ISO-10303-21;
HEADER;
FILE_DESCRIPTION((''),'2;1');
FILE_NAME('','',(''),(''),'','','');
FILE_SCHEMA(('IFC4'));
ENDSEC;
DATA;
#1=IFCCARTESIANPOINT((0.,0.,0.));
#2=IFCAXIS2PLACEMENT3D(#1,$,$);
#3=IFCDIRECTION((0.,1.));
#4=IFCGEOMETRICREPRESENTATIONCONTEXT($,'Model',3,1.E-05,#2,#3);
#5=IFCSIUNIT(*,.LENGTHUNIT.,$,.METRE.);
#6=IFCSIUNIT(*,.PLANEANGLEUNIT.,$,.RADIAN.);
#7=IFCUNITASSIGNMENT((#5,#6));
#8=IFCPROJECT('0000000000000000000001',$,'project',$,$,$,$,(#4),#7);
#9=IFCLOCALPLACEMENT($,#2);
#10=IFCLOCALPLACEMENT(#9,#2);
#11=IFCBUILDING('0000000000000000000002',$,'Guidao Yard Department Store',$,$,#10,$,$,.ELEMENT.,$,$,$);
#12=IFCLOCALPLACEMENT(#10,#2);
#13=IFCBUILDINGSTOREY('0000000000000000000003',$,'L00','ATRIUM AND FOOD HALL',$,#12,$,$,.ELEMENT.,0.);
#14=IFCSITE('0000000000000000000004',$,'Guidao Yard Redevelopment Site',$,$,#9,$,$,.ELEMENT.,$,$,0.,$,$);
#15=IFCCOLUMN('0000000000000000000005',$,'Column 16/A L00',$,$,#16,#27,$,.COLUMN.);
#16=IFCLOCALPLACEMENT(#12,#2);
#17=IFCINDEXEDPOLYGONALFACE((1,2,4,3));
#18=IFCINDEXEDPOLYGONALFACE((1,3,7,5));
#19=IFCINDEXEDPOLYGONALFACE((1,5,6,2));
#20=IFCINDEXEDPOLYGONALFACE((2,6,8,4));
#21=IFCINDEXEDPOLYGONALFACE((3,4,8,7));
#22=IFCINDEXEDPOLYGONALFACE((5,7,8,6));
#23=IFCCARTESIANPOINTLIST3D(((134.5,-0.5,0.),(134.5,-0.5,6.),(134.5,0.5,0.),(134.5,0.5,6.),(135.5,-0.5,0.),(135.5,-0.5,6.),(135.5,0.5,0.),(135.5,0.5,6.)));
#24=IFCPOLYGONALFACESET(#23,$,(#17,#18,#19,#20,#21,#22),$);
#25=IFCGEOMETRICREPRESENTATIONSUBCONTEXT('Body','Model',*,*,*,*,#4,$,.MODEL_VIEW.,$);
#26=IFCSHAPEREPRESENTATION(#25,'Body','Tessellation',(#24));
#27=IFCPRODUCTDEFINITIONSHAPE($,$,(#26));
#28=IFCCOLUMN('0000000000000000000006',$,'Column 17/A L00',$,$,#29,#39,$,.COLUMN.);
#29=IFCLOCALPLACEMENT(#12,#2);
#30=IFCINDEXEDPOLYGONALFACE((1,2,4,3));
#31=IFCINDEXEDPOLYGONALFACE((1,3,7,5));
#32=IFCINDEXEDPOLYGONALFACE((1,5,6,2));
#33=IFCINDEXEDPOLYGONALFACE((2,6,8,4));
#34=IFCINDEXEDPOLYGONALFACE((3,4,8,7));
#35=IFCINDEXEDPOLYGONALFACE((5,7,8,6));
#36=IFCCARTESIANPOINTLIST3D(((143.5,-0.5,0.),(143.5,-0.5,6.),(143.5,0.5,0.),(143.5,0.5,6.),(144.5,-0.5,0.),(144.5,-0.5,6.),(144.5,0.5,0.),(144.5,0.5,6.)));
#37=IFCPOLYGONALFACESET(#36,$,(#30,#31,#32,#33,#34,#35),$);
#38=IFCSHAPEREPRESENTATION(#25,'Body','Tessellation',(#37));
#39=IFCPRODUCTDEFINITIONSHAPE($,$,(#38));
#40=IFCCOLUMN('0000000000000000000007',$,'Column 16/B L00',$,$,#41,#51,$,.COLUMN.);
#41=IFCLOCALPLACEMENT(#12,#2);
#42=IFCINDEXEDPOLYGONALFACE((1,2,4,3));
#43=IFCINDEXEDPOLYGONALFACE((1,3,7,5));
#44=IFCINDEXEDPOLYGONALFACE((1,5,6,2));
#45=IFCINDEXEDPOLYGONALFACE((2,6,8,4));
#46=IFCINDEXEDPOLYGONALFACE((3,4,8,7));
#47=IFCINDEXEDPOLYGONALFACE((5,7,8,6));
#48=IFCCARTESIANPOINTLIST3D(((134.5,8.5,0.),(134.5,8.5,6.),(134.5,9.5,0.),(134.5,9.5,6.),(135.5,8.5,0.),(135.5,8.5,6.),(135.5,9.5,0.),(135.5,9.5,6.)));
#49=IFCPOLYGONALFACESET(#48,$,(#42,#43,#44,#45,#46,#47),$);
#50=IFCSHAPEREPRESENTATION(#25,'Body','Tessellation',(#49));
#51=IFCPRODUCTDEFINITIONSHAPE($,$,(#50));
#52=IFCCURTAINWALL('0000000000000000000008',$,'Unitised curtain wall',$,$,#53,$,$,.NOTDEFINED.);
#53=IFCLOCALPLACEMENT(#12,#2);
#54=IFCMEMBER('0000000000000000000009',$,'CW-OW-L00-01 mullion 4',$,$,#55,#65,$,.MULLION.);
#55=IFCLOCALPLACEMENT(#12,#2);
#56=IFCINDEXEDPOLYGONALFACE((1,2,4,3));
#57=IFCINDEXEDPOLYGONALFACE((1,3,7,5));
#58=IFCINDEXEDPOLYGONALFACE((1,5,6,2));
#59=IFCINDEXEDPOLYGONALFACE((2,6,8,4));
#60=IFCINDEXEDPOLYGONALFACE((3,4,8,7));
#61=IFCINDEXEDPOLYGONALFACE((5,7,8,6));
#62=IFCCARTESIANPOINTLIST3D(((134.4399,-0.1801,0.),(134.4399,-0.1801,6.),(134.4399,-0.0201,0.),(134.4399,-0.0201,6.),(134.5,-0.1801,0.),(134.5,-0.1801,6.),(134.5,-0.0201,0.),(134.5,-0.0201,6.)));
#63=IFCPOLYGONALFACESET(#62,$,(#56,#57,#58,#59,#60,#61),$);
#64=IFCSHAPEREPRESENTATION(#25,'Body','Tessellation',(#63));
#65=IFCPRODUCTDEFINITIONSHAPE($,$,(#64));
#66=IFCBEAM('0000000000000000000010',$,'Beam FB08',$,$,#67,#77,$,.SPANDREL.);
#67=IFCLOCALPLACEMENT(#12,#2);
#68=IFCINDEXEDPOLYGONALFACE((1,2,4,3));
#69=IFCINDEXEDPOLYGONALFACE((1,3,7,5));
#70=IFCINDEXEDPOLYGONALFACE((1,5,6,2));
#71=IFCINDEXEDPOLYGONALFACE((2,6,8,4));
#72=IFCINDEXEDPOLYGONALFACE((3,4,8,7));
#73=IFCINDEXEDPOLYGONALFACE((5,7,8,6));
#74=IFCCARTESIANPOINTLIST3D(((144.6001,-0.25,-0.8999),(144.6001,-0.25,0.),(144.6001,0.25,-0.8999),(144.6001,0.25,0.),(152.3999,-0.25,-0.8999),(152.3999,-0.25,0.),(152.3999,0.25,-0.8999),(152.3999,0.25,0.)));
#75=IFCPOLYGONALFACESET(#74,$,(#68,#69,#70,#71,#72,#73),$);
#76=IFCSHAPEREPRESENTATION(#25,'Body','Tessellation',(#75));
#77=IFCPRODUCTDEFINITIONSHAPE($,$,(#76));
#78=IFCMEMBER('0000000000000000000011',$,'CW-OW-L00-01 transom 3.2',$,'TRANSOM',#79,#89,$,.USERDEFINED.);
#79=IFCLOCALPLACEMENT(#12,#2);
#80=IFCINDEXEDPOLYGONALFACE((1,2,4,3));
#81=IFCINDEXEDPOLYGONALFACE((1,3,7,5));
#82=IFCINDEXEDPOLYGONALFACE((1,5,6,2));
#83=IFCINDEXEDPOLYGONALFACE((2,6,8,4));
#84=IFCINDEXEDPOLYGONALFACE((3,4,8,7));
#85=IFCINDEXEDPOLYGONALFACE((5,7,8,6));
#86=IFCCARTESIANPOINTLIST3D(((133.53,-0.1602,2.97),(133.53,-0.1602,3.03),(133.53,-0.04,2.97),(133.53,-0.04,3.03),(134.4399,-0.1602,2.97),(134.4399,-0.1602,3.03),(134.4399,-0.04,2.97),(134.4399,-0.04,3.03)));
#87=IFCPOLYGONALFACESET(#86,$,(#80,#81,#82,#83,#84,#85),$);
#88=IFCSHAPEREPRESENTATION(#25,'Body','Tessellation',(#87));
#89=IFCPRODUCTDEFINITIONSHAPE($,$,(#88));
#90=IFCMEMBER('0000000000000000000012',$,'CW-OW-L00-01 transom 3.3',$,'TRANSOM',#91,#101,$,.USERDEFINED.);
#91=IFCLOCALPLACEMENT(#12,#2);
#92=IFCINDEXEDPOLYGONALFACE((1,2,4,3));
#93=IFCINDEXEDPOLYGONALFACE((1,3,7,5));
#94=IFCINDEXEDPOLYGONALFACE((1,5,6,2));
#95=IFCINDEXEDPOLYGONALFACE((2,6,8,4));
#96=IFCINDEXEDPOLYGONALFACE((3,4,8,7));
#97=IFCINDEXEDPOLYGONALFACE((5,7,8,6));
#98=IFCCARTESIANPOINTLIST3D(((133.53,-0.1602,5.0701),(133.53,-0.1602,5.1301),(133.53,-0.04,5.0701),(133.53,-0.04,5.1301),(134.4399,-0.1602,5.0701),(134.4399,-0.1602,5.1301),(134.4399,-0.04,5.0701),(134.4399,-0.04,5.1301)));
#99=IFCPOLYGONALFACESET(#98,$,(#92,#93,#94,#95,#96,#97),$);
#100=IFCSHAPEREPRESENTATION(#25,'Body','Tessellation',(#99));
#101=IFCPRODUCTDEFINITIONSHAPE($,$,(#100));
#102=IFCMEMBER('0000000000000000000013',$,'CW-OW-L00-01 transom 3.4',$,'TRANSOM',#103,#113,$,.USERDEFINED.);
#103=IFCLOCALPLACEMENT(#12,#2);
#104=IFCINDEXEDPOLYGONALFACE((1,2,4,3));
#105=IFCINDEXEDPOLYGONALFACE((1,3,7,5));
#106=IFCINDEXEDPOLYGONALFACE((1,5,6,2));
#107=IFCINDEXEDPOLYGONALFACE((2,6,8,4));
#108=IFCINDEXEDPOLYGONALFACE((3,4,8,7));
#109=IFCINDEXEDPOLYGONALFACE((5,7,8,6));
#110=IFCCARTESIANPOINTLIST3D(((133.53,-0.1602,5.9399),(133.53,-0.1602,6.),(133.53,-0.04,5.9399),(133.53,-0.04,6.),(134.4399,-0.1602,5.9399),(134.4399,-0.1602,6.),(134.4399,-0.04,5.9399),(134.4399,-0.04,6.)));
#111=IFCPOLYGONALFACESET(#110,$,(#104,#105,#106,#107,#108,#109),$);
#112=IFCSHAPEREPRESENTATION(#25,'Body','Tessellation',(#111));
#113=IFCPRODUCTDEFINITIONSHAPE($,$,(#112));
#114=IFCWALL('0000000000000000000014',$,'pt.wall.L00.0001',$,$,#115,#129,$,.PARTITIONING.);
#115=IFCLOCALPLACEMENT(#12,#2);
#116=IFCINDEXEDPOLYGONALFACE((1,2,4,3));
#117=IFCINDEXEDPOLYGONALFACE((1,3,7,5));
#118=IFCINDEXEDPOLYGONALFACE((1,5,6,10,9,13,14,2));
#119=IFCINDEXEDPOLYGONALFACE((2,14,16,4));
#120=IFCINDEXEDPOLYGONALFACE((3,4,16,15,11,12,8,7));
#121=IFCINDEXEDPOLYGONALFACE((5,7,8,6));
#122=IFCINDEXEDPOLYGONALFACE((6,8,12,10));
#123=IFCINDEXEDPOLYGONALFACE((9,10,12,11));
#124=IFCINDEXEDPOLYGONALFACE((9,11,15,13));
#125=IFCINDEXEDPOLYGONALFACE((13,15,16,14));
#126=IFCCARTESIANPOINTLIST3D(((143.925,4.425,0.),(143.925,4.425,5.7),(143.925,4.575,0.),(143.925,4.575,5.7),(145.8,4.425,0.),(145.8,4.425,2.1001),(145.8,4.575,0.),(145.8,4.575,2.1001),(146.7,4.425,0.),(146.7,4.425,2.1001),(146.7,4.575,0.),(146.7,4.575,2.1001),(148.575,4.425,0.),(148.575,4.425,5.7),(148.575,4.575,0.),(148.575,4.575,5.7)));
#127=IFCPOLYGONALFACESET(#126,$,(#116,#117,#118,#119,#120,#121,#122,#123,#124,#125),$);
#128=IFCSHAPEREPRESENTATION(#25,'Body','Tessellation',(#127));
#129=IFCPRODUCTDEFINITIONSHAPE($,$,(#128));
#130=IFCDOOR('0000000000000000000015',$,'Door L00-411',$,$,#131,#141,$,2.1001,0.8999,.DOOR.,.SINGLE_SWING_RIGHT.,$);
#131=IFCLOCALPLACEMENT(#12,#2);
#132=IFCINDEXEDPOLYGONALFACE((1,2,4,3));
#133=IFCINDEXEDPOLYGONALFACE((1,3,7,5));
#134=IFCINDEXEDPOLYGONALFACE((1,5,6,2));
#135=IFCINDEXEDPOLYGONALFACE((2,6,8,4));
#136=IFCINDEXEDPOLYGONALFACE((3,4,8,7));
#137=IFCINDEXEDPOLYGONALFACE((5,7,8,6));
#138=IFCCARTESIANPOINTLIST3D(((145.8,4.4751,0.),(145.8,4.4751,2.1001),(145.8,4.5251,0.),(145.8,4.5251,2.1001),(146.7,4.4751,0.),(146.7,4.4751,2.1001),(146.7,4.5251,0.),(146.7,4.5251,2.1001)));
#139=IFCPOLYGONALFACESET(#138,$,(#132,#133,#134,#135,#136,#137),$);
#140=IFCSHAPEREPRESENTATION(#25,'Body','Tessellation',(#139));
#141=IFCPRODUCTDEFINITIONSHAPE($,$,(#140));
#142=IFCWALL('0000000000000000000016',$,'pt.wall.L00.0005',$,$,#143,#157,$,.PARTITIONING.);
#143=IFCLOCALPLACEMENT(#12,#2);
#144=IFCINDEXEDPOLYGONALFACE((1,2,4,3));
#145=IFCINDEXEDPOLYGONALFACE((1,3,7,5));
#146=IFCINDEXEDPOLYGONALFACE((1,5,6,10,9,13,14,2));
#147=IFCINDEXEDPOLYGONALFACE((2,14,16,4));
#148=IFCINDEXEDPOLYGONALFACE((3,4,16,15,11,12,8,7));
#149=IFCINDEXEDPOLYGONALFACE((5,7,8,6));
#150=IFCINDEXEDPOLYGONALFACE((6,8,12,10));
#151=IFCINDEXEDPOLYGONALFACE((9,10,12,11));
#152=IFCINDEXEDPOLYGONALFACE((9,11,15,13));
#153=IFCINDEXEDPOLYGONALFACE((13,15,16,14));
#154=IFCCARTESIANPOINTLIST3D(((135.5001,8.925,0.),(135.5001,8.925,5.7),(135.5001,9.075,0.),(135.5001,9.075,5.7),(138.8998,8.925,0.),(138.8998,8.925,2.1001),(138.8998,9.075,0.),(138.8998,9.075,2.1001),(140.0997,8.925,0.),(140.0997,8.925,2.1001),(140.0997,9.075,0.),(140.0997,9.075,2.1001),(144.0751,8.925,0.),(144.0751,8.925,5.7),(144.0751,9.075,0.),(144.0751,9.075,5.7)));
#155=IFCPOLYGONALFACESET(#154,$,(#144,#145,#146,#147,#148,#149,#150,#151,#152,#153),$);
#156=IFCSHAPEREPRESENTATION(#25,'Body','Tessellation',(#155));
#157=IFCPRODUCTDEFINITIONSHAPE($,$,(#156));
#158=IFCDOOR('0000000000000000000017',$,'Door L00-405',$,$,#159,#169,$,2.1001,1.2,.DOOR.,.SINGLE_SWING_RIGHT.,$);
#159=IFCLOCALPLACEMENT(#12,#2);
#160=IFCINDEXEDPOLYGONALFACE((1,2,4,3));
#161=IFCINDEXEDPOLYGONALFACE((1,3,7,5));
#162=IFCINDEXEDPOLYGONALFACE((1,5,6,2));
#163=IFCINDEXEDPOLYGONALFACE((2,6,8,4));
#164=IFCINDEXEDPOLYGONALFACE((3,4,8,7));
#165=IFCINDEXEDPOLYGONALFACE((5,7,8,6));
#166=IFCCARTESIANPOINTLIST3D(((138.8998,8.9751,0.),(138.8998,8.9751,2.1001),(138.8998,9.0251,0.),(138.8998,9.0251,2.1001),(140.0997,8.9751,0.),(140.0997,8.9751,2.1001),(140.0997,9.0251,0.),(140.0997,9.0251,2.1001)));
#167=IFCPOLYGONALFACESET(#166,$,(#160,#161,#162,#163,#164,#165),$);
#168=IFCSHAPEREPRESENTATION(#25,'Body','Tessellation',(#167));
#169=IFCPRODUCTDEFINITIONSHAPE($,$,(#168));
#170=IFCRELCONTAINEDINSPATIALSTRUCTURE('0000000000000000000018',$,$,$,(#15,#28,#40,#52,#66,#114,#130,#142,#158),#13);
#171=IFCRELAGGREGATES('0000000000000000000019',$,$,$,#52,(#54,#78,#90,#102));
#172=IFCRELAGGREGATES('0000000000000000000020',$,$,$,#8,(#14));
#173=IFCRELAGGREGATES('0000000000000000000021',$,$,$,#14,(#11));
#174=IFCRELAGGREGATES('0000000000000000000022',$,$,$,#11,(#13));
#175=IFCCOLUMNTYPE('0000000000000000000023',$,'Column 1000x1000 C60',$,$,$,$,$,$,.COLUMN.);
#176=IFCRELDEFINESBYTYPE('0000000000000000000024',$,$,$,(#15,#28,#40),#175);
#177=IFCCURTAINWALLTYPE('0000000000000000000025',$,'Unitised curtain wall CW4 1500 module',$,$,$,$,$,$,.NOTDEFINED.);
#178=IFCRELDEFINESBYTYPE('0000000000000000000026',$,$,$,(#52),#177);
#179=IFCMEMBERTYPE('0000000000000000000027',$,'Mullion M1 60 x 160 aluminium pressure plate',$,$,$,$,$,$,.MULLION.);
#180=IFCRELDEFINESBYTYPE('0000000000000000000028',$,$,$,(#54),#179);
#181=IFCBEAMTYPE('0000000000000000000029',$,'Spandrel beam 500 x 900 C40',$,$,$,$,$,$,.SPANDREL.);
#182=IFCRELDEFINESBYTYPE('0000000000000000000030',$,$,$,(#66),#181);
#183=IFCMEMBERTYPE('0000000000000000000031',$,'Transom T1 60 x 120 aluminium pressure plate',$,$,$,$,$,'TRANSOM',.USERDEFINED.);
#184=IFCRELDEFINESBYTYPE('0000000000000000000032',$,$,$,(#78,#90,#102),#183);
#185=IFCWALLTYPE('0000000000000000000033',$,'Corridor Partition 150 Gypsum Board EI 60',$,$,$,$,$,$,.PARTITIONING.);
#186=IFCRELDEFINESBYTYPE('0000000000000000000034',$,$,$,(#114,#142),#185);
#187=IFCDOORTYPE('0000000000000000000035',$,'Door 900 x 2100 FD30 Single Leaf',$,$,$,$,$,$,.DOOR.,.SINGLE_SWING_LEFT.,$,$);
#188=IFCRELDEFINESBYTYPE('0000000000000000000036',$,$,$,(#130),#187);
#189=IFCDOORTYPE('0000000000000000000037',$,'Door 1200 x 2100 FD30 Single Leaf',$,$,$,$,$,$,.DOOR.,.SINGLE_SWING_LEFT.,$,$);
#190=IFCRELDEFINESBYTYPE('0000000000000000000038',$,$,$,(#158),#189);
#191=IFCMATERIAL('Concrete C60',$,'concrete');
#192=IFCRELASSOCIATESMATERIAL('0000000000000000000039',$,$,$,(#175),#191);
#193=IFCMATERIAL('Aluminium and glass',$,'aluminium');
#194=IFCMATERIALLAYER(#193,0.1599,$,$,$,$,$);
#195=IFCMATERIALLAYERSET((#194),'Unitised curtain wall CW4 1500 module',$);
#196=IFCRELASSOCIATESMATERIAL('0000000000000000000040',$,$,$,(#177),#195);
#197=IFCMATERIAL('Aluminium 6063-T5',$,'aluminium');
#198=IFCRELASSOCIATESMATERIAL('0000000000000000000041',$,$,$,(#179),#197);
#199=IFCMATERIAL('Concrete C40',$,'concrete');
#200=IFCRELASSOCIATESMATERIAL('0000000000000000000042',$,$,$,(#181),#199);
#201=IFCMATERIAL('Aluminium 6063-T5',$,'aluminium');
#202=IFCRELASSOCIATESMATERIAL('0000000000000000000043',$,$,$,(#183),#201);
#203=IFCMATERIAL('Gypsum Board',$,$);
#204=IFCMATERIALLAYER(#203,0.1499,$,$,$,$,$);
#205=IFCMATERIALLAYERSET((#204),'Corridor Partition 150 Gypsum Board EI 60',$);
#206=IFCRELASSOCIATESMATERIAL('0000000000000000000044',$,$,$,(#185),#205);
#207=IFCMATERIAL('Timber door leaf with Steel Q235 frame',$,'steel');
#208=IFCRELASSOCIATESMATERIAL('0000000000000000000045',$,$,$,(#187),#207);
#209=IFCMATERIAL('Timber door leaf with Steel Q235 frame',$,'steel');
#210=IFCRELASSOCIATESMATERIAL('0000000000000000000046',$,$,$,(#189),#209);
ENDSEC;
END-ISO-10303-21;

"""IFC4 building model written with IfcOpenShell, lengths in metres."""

from ifc_helpers import new_model, si_unit, direction, frame, frame_2d, origin, origin_2d, place, context, subcontext, project, spatial, rectangle, extrude, material, layer, layer_set, material_profile, profile_set, type_object, element, fill, aggregate, save


model = new_model("IFC4")

# Units and contexts
model_context = context("Model", 3, precision=1e-05, world=origin(), true_north=direction((0.0, 1.0)))
body_context = subcontext(model_context, "Body", "Model", "MODEL_VIEW")
ifc_project = project(units=[si_unit("LENGTHUNIT", "METRE"), si_unit("PLANEANGLEUNIT", "RADIAN")], contexts=[model_context])

# Site, building, storey
site_placement = place(None, origin())
site = spatial("IfcSite", under=ifc_project, at=site_placement, Name="Guidao Yard Redevelopment Site", CompositionType="ELEMENT", RefElevation=0.0)
building_placement = place(site_placement, origin())
building = spatial("IfcBuilding", under=site, at=building_placement, Name="Guidao Yard Department Store", CompositionType="ELEMENT")
storey_placement = place(building_placement, origin())
storey = spatial("IfcBuildingStorey", under=building, at=storey_placement, Name="L00", Description="ATRIUM AND FOOD HALL", CompositionType="ELEMENT", Elevation=0.0)

# Columns
ifc_material_1 = material(Name="Concrete C60", Category="concrete")
ifc_material_profile_1 = material_profile(ifc_material_1, rectangle(XDim=1.0, YDim=1.0, at=origin_2d()), Name="COL 1000x1000")
ifc_profile_set_1 = profile_set([ifc_material_profile_1], Name="Concrete C60")
column_type = type_object("IfcColumnType", Name="Column 1000x1000 C60", PredefinedType="COLUMN", material=ifc_profile_set_1)
for number, where, z_axis, x_axis, name in (
    (1, (135.0, 0.0, 0.0), (0.0, 0.0, 1.0), (1.0, 0.0, 0.0), "Column 16/A L00"),
    (2, (144.0, 0.0, 0.0), (0.0, 0.0, 1.0), (1.0, 0.0, 0.0), "Column 17/A L00"),
    (3, (135.0, 9.0, 0.0), (0.0, 0.0, 1.0), (1.0, 0.0, 0.0), "Column 16/B L00"),
):
    element("IfcColumn", number, at=place(storey_placement, frame(where, z_axis=z_axis, x_axis=x_axis)), inside=storey, type_object=column_type, Name=name, PredefinedType="COLUMN", context=body_context, shape_type="SweptSolid", body=[
        extrude(rectangle(XDim=1.0, YDim=1.0, at=origin_2d()), origin(), (0.0, 0.0, 1.0), 6.0),
    ])

# Curtain wall, member
ifc_material_2 = material(Name="Aluminium and glass", Category="aluminium")
ifc_layer_1 = layer(ifc_material_2, 0.1599)
ifc_layer_set_1 = layer_set([ifc_layer_1], Name="Unitised curtain wall CW4 1500 module")
curtain_wall_type = type_object("IfcCurtainWallType", Name="Unitised curtain wall CW4 1500 module", PredefinedType="NOTDEFINED", material=ifc_layer_set_1)
curtain_wall_placement = place(storey_placement, origin())
curtain_wall = element("IfcCurtainWall", 4, at=curtain_wall_placement, inside=storey, type_object=curtain_wall_type, Name="Unitised curtain wall", PredefinedType="NOTDEFINED")
ifc_material_3 = material(Name="Aluminium 6063-T5", Category="aluminium")
ifc_material_profile_2 = material_profile(ifc_material_3, rectangle(XDim=0.0601, YDim=0.1599, at=origin_2d()), Name="Mullion M1 60 x 160 aluminium pressure plate")
ifc_profile_set_2 = profile_set([ifc_material_profile_2], Name="Aluminium 6063-T5")
member_type_1 = type_object("IfcMemberType", Name="Mullion M1 60 x 160 aluminium pressure plate", PredefinedType="MULLION", material=ifc_profile_set_2)
member_1_placement = place(storey_placement, frame((134.47, -0.1001, 0.0), z_axis=(0.0, 0.0, 1.0), x_axis=(-1.0, 0.0, 0.0)))
member_1 = element("IfcMember", 5, at=member_1_placement, type_object=member_type_1, Name="CW-OW-L00-01 mullion 4", PredefinedType="MULLION", context=body_context, shape_type="SweptSolid", body=[
    extrude(rectangle(XDim=0.0601, YDim=0.1599, at=origin_2d()), origin(), (0.0, 0.0, 1.0), 6.0),
])

# Beam
ifc_material_4 = material(Name="Concrete C40", Category="concrete")
ifc_material_profile_3 = material_profile(ifc_material_4, rectangle(XDim=0.5, YDim=0.8999, at=origin_2d()), Name="Spandrel beam 500 x 900 C40")
ifc_profile_set_3 = profile_set([ifc_material_profile_3], Name="Concrete C40")
beam_type = type_object("IfcBeamType", Name="Spandrel beam 500 x 900 C40", PredefinedType="SPANDREL", material=ifc_profile_set_3)
beam_placement = place(storey_placement, frame((144.6001, 0.0, -0.45), z_axis=(1.0, 0.0, 0.0), x_axis=(0.0, 1.0, 0.0)))
element("IfcBeam", 6, at=beam_placement, inside=storey, type_object=beam_type, Name="Beam FB08", PredefinedType="SPANDREL", context=body_context, shape_type="SweptSolid", body=[
    extrude(rectangle(XDim=0.5, YDim=0.8999, at=origin_2d()), origin(), (0.0, 0.0, 1.0), 7.7998),
])

# Members
ifc_material_5 = material(Name="Aluminium 6063-T5", Category="aluminium")
ifc_material_profile_4 = material_profile(ifc_material_5, rectangle(XDim=0.1201, YDim=0.0601, at=origin_2d()), Name="Transom T1 60 x 120 aluminium pressure plate")
ifc_profile_set_4 = profile_set([ifc_material_profile_4], Name="Aluminium 6063-T5")
member_type_2 = type_object("IfcMemberType", Name="Transom T1 60 x 120 aluminium pressure plate", ElementType="TRANSOM", PredefinedType="USERDEFINED", material=ifc_profile_set_4)
member_2_placement = place(storey_placement, frame((134.4399, -0.1001, 3.0), z_axis=(-1.0, 0.0, 0.0), x_axis=(0.0, -1.0, 0.0)))
member_2 = element("IfcMember", 7, at=member_2_placement, type_object=member_type_2, Name="CW-OW-L00-01 transom 3.2", ObjectType="TRANSOM", PredefinedType="USERDEFINED", context=body_context, shape_type="SweptSolid", body=[
    extrude(rectangle(XDim=0.1201, YDim=0.0601, at=origin_2d()), origin(), (0.0, 0.0, 1.0), 0.9099),
])
member_3_placement = place(storey_placement, frame((134.4399, -0.1001, 5.1001), z_axis=(-1.0, 0.0, 0.0), x_axis=(0.0, -1.0, 0.0)))
member_3 = element("IfcMember", 8, at=member_3_placement, type_object=member_type_2, Name="CW-OW-L00-01 transom 3.3", ObjectType="TRANSOM", PredefinedType="USERDEFINED", context=body_context, shape_type="SweptSolid", body=[
    extrude(rectangle(XDim=0.1201, YDim=0.0601, at=origin_2d()), origin(), (0.0, 0.0, 1.0), 0.9099),
])
member_4_placement = place(storey_placement, frame((134.4399, -0.1001, 5.97), z_axis=(-1.0, 0.0, 0.0), x_axis=(0.0, -1.0, 0.0)))
member_4 = element("IfcMember", 9, at=member_4_placement, type_object=member_type_2, Name="CW-OW-L00-01 transom 3.4", ObjectType="TRANSOM", PredefinedType="USERDEFINED", context=body_context, shape_type="SweptSolid", body=[
    extrude(rectangle(XDim=0.1201, YDim=0.0601, at=origin_2d()), origin(), (0.0, 0.0, 1.0), 0.9099),
])
aggregate(curtain_wall, [member_1, member_2, member_3, member_4])

# Walls, openings, doors
ifc_material_6 = material(Name="Gypsum Board")
ifc_layer_2 = layer(ifc_material_6, 0.1499)
ifc_layer_set_2 = layer_set([ifc_layer_2], Name="Corridor Partition 150 Gypsum Board EI 60")
wall_type_1 = type_object("IfcWallType", Name="Corridor Partition 150 Gypsum Board EI 60", PredefinedType="PARTITIONING", material=ifc_layer_set_2)
wall_1_placement = place(storey_placement, frame((143.925, 4.5, 0.0), z_axis=(0.0, 0.0, 1.0), x_axis=(1.0, 0.0, 0.0)))
wall_1 = element("IfcWall", 10, at=wall_1_placement, inside=storey, type_object=wall_type_1, Name="pt.wall.L00.0001", PredefinedType="PARTITIONING", context=body_context, shape_type="SweptSolid", body=[
    extrude(rectangle(XDim=4.6499, YDim=0.1499, at=frame_2d((2.325, 0.0))), origin(), (0.0, 0.0, 1.0), 5.7),
])
opening_1_placement = place(wall_1_placement, frame((2.7749, 0.0, 0.0), z_axis=(0.0, 0.0, 1.0), x_axis=(-1.0, 0.0, 0.0)))
opening_1 = element("IfcOpeningElement", 11, at=opening_1_placement, cuts=wall_1, PredefinedType="OPENING", context=body_context, shape_type="SweptSolid", body=[
    extrude(rectangle(XDim=0.8999, YDim=2.1001, at=frame_2d((0.45, 1.05))), frame((0.0, 0.085, 0.0), z_axis=(0.0, -1.0, 0.0), x_axis=(1.0, 0.0, 0.0)), (0.0, 0.0, 1.0), 0.1699),
])
ifc_material_7 = material(Name="Timber door leaf with Steel Q235 frame", Category="steel")
door_type_1 = type_object("IfcDoorType", Name="Door 900 x 2100 FD30 Single Leaf", OperationType="SINGLE_SWING_LEFT", PredefinedType="DOOR", material=ifc_material_7)
door_1_placement = place(opening_1_placement, origin())
door_1 = element("IfcDoor", 12, at=door_1_placement, inside=storey, type_object=door_type_1, Name="Door L00-411", OperationType="SINGLE_SWING_RIGHT", OverallHeight=2.1001, OverallWidth=0.8999, PredefinedType="DOOR", context=body_context, shape_type="SweptSolid", body=[
    extrude(rectangle(XDim=0.8999, YDim=2.1001, at=frame_2d((0.45, 1.05))), frame((0.0, 0.0249, 0.0), z_axis=(0.0, -1.0, 0.0), x_axis=(1.0, 0.0, 0.0)), (0.0, 0.0, 1.0), 0.05),
])
fill(opening_1, door_1)
wall_2_placement = place(storey_placement, frame((135.5, 9.0, 0.0), z_axis=(0.0, 0.0, 1.0), x_axis=(1.0, 0.0, 0.0)))
wall_2 = element("IfcWall", 13, at=wall_2_placement, inside=storey, type_object=wall_type_1, Name="pt.wall.L00.0005", PredefinedType="PARTITIONING", context=body_context, shape_type="SweptSolid", body=[
    extrude(rectangle(XDim=8.575, YDim=0.1499, at=frame_2d((4.2876, 0.0))), origin(), (0.0, 0.0, 1.0), 5.7),
])
opening_2_placement = place(wall_2_placement, frame((4.5999, 0.0, 0.0), z_axis=(0.0, 0.0, 1.0), x_axis=(-1.0, 0.0, 0.0)))
opening_2 = element("IfcOpeningElement", 14, at=opening_2_placement, cuts=wall_2, PredefinedType="OPENING", context=body_context, shape_type="SweptSolid", body=[
    extrude(rectangle(XDim=1.2, YDim=2.1001, at=frame_2d((0.6001, 1.05))), frame((0.0, 0.085, 0.0), z_axis=(0.0, -1.0, 0.0), x_axis=(1.0, 0.0, 0.0)), (0.0, 0.0, 1.0), 0.1699),
])
ifc_material_8 = material(Name="Timber door leaf with Steel Q235 frame", Category="steel")
door_type_2 = type_object("IfcDoorType", Name="Door 1200 x 2100 FD30 Single Leaf", OperationType="SINGLE_SWING_LEFT", PredefinedType="DOOR", material=ifc_material_8)
door_2_placement = place(opening_2_placement, origin())
door_2 = element("IfcDoor", 15, at=door_2_placement, inside=storey, type_object=door_type_2, Name="Door L00-405", OperationType="SINGLE_SWING_RIGHT", OverallHeight=2.1001, OverallWidth=1.2, PredefinedType="DOOR", context=body_context, shape_type="SweptSolid", body=[
    extrude(rectangle(XDim=1.2, YDim=2.1001, at=frame_2d((0.6001, 1.05))), frame((0.0, 0.0249, 0.0), z_axis=(0.0, -1.0, 0.0), x_axis=(1.0, 0.0, 0.0)), (0.0, 0.0, 1.0), 0.05),
])
fill(opening_2, door_2)

save(model, "model.ifc")
